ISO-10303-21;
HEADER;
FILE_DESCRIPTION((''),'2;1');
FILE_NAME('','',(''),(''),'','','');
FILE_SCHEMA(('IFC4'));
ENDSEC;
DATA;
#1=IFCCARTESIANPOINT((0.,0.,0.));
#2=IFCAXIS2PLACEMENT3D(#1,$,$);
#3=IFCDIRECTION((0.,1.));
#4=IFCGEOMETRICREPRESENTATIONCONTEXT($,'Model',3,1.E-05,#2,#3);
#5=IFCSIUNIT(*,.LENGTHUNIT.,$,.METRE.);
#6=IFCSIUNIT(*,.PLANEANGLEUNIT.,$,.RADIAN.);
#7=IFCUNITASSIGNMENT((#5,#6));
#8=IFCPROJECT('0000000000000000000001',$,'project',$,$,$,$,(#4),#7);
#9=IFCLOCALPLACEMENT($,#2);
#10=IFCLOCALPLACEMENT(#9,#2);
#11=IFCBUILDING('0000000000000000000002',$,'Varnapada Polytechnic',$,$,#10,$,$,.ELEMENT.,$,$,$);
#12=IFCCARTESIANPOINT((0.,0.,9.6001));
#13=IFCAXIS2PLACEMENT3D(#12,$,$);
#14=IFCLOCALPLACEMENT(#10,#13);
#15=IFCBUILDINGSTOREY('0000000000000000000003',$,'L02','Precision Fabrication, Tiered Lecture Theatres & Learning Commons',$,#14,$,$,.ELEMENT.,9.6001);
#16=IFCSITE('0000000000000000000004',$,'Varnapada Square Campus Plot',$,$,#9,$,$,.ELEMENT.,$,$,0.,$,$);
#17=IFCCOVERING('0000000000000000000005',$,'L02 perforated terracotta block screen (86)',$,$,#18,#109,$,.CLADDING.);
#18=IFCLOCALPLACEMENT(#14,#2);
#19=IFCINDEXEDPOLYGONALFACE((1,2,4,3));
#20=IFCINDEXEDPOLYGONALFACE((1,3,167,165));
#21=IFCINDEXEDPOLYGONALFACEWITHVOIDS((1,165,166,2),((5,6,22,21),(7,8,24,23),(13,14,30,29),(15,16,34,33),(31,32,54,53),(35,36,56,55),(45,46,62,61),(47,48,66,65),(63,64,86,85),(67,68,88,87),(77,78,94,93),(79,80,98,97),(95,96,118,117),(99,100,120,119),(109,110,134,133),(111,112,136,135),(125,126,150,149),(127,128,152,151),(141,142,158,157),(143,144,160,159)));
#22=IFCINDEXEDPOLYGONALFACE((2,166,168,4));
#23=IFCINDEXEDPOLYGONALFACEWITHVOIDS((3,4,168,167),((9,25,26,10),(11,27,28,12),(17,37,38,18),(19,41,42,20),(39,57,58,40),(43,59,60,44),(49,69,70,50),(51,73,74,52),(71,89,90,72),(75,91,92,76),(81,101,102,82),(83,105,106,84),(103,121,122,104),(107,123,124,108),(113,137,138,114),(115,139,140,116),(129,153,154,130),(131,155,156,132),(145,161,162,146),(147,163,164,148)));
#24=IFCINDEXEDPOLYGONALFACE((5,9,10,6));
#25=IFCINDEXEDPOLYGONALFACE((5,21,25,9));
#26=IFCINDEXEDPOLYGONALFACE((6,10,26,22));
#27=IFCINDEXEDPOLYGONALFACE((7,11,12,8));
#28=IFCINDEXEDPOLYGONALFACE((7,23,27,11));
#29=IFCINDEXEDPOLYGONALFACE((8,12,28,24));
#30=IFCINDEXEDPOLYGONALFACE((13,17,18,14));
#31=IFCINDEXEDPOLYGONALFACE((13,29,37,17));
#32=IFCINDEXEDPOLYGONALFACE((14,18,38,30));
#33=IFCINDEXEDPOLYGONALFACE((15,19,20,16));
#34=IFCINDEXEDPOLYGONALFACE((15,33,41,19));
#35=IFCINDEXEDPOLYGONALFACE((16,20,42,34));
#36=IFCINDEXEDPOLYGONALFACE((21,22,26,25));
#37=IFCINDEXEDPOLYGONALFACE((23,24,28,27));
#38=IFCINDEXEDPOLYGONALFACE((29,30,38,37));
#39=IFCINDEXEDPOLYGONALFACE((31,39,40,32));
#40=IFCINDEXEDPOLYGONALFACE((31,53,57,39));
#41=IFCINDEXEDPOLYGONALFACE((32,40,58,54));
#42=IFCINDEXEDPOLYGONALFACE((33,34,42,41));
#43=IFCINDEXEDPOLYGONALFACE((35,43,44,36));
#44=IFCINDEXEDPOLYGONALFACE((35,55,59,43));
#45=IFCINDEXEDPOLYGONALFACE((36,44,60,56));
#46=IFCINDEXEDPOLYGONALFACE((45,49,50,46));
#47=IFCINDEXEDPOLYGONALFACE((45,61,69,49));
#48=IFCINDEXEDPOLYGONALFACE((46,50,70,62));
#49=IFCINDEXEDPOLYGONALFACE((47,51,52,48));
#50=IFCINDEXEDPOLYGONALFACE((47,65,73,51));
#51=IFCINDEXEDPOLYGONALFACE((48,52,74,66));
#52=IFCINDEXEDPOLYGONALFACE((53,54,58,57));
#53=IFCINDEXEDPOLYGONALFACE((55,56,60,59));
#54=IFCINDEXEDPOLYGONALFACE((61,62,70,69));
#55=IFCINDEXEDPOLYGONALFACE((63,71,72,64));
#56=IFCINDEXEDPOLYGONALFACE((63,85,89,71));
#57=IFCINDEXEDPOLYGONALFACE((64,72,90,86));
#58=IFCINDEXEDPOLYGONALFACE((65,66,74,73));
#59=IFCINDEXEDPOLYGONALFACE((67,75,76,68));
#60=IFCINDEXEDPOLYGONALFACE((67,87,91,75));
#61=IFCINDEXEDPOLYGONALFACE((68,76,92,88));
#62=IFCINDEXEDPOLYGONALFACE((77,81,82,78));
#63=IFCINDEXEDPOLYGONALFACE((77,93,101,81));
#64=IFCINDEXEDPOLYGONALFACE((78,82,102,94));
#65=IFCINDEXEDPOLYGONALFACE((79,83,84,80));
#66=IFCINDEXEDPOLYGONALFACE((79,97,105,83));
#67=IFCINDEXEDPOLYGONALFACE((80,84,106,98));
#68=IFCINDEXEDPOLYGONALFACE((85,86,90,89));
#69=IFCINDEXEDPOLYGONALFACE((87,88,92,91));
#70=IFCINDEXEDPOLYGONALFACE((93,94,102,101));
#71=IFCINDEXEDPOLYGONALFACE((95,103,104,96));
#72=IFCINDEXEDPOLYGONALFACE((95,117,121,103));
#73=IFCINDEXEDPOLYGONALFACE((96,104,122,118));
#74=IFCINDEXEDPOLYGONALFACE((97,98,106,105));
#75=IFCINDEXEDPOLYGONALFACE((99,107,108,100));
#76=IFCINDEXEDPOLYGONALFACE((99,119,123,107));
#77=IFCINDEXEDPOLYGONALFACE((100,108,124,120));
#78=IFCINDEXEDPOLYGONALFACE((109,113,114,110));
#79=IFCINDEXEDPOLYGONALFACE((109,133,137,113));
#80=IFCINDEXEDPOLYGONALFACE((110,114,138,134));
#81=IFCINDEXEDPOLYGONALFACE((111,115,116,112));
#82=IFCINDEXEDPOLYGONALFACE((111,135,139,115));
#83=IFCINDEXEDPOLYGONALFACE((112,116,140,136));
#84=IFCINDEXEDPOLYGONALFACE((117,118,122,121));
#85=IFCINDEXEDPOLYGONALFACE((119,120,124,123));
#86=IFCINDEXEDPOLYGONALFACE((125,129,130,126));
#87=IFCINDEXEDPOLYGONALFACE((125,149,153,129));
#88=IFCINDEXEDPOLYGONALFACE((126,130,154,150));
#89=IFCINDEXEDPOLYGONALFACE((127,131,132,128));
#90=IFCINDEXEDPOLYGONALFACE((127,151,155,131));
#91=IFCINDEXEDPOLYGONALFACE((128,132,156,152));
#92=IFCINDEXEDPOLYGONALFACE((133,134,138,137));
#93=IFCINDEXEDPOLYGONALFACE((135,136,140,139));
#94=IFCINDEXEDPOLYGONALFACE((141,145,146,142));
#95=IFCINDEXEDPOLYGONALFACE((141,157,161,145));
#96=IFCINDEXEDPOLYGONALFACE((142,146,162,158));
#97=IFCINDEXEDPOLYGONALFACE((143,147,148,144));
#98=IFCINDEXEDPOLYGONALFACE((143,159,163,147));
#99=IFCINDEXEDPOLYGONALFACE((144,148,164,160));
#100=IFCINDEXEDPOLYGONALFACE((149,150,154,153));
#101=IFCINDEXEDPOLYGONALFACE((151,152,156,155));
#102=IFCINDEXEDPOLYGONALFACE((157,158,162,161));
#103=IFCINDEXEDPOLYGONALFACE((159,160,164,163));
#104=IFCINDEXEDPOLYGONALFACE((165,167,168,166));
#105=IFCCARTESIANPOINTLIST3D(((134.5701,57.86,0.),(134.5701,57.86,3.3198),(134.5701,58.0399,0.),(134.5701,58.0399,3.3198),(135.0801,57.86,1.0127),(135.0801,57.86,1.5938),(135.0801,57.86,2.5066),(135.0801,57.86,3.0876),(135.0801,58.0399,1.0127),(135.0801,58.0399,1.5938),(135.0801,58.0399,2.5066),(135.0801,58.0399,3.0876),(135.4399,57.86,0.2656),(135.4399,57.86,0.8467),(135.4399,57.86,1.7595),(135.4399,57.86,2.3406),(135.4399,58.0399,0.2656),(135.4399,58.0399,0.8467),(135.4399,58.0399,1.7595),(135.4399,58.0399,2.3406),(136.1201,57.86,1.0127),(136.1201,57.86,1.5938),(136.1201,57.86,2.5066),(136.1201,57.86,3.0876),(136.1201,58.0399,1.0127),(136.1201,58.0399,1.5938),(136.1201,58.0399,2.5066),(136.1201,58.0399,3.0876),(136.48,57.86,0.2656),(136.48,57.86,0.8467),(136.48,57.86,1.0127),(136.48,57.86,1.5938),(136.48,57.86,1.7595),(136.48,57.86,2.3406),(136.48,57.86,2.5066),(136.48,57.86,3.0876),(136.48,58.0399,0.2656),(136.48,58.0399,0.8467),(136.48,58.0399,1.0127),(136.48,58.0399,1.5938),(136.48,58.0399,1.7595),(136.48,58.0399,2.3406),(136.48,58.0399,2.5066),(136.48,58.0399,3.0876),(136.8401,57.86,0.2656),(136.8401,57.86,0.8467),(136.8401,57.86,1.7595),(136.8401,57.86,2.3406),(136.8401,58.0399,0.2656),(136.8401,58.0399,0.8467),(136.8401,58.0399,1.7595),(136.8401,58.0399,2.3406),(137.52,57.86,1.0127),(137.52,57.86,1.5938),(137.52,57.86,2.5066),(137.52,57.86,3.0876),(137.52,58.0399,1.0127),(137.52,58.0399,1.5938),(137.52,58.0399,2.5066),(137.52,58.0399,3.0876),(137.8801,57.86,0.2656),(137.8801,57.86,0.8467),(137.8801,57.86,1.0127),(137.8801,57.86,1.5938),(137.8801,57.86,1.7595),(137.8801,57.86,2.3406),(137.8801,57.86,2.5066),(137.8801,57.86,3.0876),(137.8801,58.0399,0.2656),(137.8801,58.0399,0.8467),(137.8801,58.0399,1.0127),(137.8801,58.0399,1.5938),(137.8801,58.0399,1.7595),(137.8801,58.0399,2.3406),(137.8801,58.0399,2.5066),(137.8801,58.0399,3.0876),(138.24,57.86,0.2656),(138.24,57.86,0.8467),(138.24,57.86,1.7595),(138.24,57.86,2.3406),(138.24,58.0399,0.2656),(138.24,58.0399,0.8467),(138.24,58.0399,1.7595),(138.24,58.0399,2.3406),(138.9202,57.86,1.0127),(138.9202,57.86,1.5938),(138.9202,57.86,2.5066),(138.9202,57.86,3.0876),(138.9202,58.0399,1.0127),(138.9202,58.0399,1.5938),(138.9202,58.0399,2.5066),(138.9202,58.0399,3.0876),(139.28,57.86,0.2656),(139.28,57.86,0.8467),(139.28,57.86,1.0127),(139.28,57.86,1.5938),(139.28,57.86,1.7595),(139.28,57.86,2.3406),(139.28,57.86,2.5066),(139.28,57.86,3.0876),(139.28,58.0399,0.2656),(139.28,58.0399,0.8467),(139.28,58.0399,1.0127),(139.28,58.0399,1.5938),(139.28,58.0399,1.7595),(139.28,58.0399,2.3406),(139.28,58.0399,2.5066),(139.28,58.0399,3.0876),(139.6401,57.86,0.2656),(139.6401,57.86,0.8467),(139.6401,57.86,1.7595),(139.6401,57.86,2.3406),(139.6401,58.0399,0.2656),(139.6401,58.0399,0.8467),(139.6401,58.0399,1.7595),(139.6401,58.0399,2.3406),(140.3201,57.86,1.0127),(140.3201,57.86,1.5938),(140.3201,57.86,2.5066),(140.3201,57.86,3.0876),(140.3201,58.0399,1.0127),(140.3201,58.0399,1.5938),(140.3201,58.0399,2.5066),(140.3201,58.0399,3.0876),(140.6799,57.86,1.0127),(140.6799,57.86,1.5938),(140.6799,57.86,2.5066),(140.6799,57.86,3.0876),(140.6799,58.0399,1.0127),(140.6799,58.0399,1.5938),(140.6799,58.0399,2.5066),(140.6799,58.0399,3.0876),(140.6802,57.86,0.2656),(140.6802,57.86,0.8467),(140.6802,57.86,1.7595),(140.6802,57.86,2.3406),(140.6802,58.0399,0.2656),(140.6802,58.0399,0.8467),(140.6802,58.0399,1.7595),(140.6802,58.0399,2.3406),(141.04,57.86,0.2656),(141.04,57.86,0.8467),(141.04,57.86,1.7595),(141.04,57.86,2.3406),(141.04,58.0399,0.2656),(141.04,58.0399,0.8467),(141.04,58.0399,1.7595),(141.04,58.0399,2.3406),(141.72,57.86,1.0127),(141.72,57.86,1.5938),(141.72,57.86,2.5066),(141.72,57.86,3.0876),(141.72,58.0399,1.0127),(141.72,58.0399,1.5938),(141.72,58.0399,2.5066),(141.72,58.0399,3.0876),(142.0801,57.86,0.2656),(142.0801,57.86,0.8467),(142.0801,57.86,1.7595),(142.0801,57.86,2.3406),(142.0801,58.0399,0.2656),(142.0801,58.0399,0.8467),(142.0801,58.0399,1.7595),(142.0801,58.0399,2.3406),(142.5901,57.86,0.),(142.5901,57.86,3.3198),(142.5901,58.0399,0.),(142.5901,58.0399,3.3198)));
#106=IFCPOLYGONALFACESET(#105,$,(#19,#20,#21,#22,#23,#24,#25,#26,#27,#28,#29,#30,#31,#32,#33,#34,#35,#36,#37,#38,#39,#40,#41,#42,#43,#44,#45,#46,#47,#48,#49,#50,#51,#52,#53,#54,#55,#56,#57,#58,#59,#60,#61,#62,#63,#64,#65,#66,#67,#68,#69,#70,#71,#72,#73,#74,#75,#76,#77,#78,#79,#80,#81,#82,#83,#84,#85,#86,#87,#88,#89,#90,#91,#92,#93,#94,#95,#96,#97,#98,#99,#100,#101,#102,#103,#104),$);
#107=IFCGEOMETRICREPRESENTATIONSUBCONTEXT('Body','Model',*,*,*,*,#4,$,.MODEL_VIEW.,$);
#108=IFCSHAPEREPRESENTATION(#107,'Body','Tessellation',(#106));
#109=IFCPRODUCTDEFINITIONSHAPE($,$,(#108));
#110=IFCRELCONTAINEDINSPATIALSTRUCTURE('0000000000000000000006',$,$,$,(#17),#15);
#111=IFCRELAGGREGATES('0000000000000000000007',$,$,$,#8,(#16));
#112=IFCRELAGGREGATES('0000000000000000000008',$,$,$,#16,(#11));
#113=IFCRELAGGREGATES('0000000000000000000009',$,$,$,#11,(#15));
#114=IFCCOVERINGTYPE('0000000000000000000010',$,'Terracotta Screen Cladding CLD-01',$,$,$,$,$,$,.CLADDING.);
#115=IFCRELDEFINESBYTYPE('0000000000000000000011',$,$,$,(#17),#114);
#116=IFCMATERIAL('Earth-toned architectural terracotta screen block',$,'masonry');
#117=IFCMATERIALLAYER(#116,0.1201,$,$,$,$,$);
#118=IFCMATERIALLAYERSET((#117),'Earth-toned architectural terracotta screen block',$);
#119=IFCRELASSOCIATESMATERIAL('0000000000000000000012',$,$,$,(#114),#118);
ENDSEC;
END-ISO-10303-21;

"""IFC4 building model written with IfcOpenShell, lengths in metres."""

from ifc_helpers import new_model, si_unit, direction, frame, frame_2d, origin, place, context, subcontext, project, spatial, rectangle, extrude, material, layer, layer_set, type_object, element, save


model = new_model("IFC4")

# Units and contexts
model_context = context("Model", 3, precision=1e-05, world=origin(), true_north=direction((0.0, 1.0)))
body_context = subcontext(model_context, "Body", "Model", "MODEL_VIEW")
ifc_project = project(units=[si_unit("LENGTHUNIT", "METRE"), si_unit("PLANEANGLEUNIT", "RADIAN")], contexts=[model_context])

# Site, building, storey
site_placement = place(None, origin())
site = spatial("IfcSite", under=ifc_project, at=site_placement, Name="Varnapada Square Campus Plot", CompositionType="ELEMENT", RefElevation=0.0)
building_placement = place(site_placement, origin())
building = spatial("IfcBuilding", under=site, at=building_placement, Name="Varnapada Polytechnic", CompositionType="ELEMENT")
storey_placement = place(building_placement, frame((0.0, 0.0, 9.6001)))
storey = spatial("IfcBuildingStorey", under=building, at=storey_placement, Name="L02", Description="Precision Fabrication, Tiered Lecture Theatres & Learning Commons", CompositionType="ELEMENT", Elevation=9.6001)

# Covering, openings
ifc_material_1 = material(Name="Earth-toned architectural terracotta screen block", Category="masonry")
ifc_layer_1 = layer(ifc_material_1, 0.1201)
ifc_layer_set_1 = layer_set([ifc_layer_1], Name="Earth-toned architectural terracotta screen block")
covering_type = type_object("IfcCoveringType", Name="Terracotta Screen Cladding CLD-01", PredefinedType="CLADDING", material=ifc_layer_set_1)
covering_placement = place(storey_placement, frame((142.5901, 57.95, 0.0), z_axis=(0.0, 0.0, 1.0), x_axis=(-1.0, 0.0, 0.0)))
covering = element("IfcCovering", 1, at=covering_placement, inside=storey, type_object=covering_type, Name="L02 perforated terracotta block screen (86)", PredefinedType="CLADDING", context=body_context, shape_type="SweptSolid", body=[
    extrude(rectangle(XDim=8.02, YDim=0.1799, at=frame_2d((4.01, 0.0))), origin(), (0.0, 0.0, 1.0), 3.3198),
])
opening_1_placement = place(covering_placement, frame((0.51, 0.0, 0.2656)))
element("IfcOpeningElement", 2, at=opening_1_placement, cuts=covering, PredefinedType="OPENING", context=body_context, shape_type="SweptSolid", body=[
    extrude(rectangle(XDim=1.04, YDim=0.5811, at=frame_2d((0.52, 0.2905))), frame((0.0, 0.0999, 0.0), z_axis=(0.0, -1.0, 0.0), x_axis=(1.0, 0.0, 0.0)), (0.0, 0.0, 1.0), 0.2),
])
opening_2_placement = place(covering_placement, frame((1.9099, 0.0, 0.2656)))
element("IfcOpeningElement", 3, at=opening_2_placement, cuts=covering, PredefinedType="OPENING", context=body_context, shape_type="SweptSolid", body=[
    extrude(rectangle(XDim=1.04, YDim=0.5811, at=frame_2d((0.52, 0.2905))), frame((0.0, 0.0999, 0.0), z_axis=(0.0, -1.0, 0.0), x_axis=(1.0, 0.0, 0.0)), (0.0, 0.0, 1.0), 0.2),
])
opening_3_placement = place(covering_placement, frame((3.3101, 0.0, 0.2656)))
element("IfcOpeningElement", 4, at=opening_3_placement, cuts=covering, PredefinedType="OPENING", context=body_context, shape_type="SweptSolid", body=[
    extrude(rectangle(XDim=1.04, YDim=0.5811, at=frame_2d((0.52, 0.2905))), frame((0.0, 0.0999, 0.0), z_axis=(0.0, -1.0, 0.0), x_axis=(1.0, 0.0, 0.0)), (0.0, 0.0, 1.0), 0.2),
])
opening_4_placement = place(covering_placement, frame((4.71, 0.0, 0.2656)))
element("IfcOpeningElement", 5, at=opening_4_placement, cuts=covering, PredefinedType="OPENING", context=body_context, shape_type="SweptSolid", body=[
    extrude(rectangle(XDim=1.04, YDim=0.5811, at=frame_2d((0.52, 0.2905))), frame((0.0, 0.0999, 0.0), z_axis=(0.0, -1.0, 0.0), x_axis=(1.0, 0.0, 0.0)), (0.0, 0.0, 1.0), 0.2),
])
opening_5_placement = place(covering_placement, frame((6.1101, 0.0, 0.2656)))
element("IfcOpeningElement", 6, at=opening_5_placement, cuts=covering, PredefinedType="OPENING", context=body_context, shape_type="SweptSolid", body=[
    extrude(rectangle(XDim=1.04, YDim=0.5811, at=frame_2d((0.52, 0.2905))), frame((0.0, 0.0999, 0.0), z_axis=(0.0, -1.0, 0.0), x_axis=(1.0, 0.0, 0.0)), (0.0, 0.0, 1.0), 0.2),
])
opening_6_placement = place(covering_placement, frame((0.8701, 0.0, 1.0127)))
element("IfcOpeningElement", 7, at=opening_6_placement, cuts=covering, PredefinedType="OPENING", context=body_context, shape_type="SweptSolid", body=[
    extrude(rectangle(XDim=1.04, YDim=0.5811, at=frame_2d((0.52, 0.2905))), frame((0.0, 0.0999, 0.0), z_axis=(0.0, -1.0, 0.0), x_axis=(1.0, 0.0, 0.0)), (0.0, 0.0, 1.0), 0.2),
])
opening_7_placement = place(covering_placement, frame((2.27, 0.0, 1.0127)))
element("IfcOpeningElement", 8, at=opening_7_placement, cuts=covering, PredefinedType="OPENING", context=body_context, shape_type="SweptSolid", body=[
    extrude(rectangle(XDim=1.04, YDim=0.5811, at=frame_2d((0.52, 0.2905))), frame((0.0, 0.0999, 0.0), z_axis=(0.0, -1.0, 0.0), x_axis=(1.0, 0.0, 0.0)), (0.0, 0.0, 1.0), 0.2),
])
opening_8_placement = place(covering_placement, frame((3.6699, 0.0, 1.0127)))
element("IfcOpeningElement", 9, at=opening_8_placement, cuts=covering, PredefinedType="OPENING", context=body_context, shape_type="SweptSolid", body=[
    extrude(rectangle(XDim=1.04, YDim=0.5811, at=frame_2d((0.52, 0.2905))), frame((0.0, 0.0999, 0.0), z_axis=(0.0, -1.0, 0.0), x_axis=(1.0, 0.0, 0.0)), (0.0, 0.0, 1.0), 0.2),
])
opening_9_placement = place(covering_placement, frame((5.0701, 0.0, 1.0127)))
element("IfcOpeningElement", 10, at=opening_9_placement, cuts=covering, PredefinedType="OPENING", context=body_context, shape_type="SweptSolid", body=[
    extrude(rectangle(XDim=1.04, YDim=0.5811, at=frame_2d((0.52, 0.2905))), frame((0.0, 0.0999, 0.0), z_axis=(0.0, -1.0, 0.0), x_axis=(1.0, 0.0, 0.0)), (0.0, 0.0, 1.0), 0.2),
])
opening_10_placement = place(covering_placement, frame((6.47, 0.0, 1.0127)))
element("IfcOpeningElement", 11, at=opening_10_placement, cuts=covering, PredefinedType="OPENING", context=body_context, shape_type="SweptSolid", body=[
    extrude(rectangle(XDim=1.04, YDim=0.5811, at=frame_2d((0.52, 0.2905))), frame((0.0, 0.0999, 0.0), z_axis=(0.0, -1.0, 0.0), x_axis=(1.0, 0.0, 0.0)), (0.0, 0.0, 1.0), 0.2),
])
opening_11_placement = place(covering_placement, frame((0.51, 0.0, 1.7595)))
element("IfcOpeningElement", 12, at=opening_11_placement, cuts=covering, PredefinedType="OPENING", context=body_context, shape_type="SweptSolid", body=[
    extrude(rectangle(XDim=1.04, YDim=0.5811, at=frame_2d((0.52, 0.2905))), frame((0.0, 0.0999, 0.0), z_axis=(0.0, -1.0, 0.0), x_axis=(1.0, 0.0, 0.0)), (0.0, 0.0, 1.0), 0.2),
])
opening_12_placement = place(covering_placement, frame((1.9099, 0.0, 1.7595)))
element("IfcOpeningElement", 13, at=opening_12_placement, cuts=covering, PredefinedType="OPENING", context=body_context, shape_type="SweptSolid", body=[
    extrude(rectangle(XDim=1.04, YDim=0.5811, at=frame_2d((0.52, 0.2905))), frame((0.0, 0.0999, 0.0), z_axis=(0.0, -1.0, 0.0), x_axis=(1.0, 0.0, 0.0)), (0.0, 0.0, 1.0), 0.2),
])
opening_13_placement = place(covering_placement, frame((3.3101, 0.0, 1.7595)))
element("IfcOpeningElement", 14, at=opening_13_placement, cuts=covering, PredefinedType="OPENING", context=body_context, shape_type="SweptSolid", body=[
    extrude(rectangle(XDim=1.04, YDim=0.5811, at=frame_2d((0.52, 0.2905))), frame((0.0, 0.0999, 0.0), z_axis=(0.0, -1.0, 0.0), x_axis=(1.0, 0.0, 0.0)), (0.0, 0.0, 1.0), 0.2),
])
opening_14_placement = place(covering_placement, frame((4.71, 0.0, 1.7595)))
element("IfcOpeningElement", 15, at=opening_14_placement, cuts=covering, PredefinedType="OPENING", context=body_context, shape_type="SweptSolid", body=[
    extrude(rectangle(XDim=1.04, YDim=0.5811, at=frame_2d((0.52, 0.2905))), frame((0.0, 0.0999, 0.0), z_axis=(0.0, -1.0, 0.0), x_axis=(1.0, 0.0, 0.0)), (0.0, 0.0, 1.0), 0.2),
])
opening_15_placement = place(covering_placement, frame((6.1101, 0.0, 1.7595)))
element("IfcOpeningElement", 16, at=opening_15_placement, cuts=covering, PredefinedType="OPENING", context=body_context, shape_type="SweptSolid", body=[
    extrude(rectangle(XDim=1.04, YDim=0.5811, at=frame_2d((0.52, 0.2905))), frame((0.0, 0.0999, 0.0), z_axis=(0.0, -1.0, 0.0), x_axis=(1.0, 0.0, 0.0)), (0.0, 0.0, 1.0), 0.2),
])
opening_16_placement = place(covering_placement, frame((0.8701, 0.0, 2.5066)))
element("IfcOpeningElement", 17, at=opening_16_placement, cuts=covering, PredefinedType="OPENING", context=body_context, shape_type="SweptSolid", body=[
    extrude(rectangle(XDim=1.04, YDim=0.5811, at=frame_2d((0.52, 0.2905))), frame((0.0, 0.0999, 0.0), z_axis=(0.0, -1.0, 0.0), x_axis=(1.0, 0.0, 0.0)), (0.0, 0.0, 1.0), 0.2),
])
opening_17_placement = place(covering_placement, frame((2.27, 0.0, 2.5066)))
element("IfcOpeningElement", 18, at=opening_17_placement, cuts=covering, PredefinedType="OPENING", context=body_context, shape_type="SweptSolid", body=[
    extrude(rectangle(XDim=1.04, YDim=0.5811, at=frame_2d((0.52, 0.2905))), frame((0.0, 0.0999, 0.0), z_axis=(0.0, -1.0, 0.0), x_axis=(1.0, 0.0, 0.0)), (0.0, 0.0, 1.0), 0.2),
])
opening_18_placement = place(covering_placement, frame((3.6699, 0.0, 2.5066)))
element("IfcOpeningElement", 19, at=opening_18_placement, cuts=covering, PredefinedType="OPENING", context=body_context, shape_type="SweptSolid", body=[
    extrude(rectangle(XDim=1.04, YDim=0.5811, at=frame_2d((0.52, 0.2905))), frame((0.0, 0.0999, 0.0), z_axis=(0.0, -1.0, 0.0), x_axis=(1.0, 0.0, 0.0)), (0.0, 0.0, 1.0), 0.2),
])
opening_19_placement = place(covering_placement, frame((5.0701, 0.0, 2.5066)))
element("IfcOpeningElement", 20, at=opening_19_placement, cuts=covering, PredefinedType="OPENING", context=body_context, shape_type="SweptSolid", body=[
    extrude(rectangle(XDim=1.04, YDim=0.5811, at=frame_2d((0.52, 0.2905))), frame((0.0, 0.0999, 0.0), z_axis=(0.0, -1.0, 0.0), x_axis=(1.0, 0.0, 0.0)), (0.0, 0.0, 1.0), 0.2),
])
opening_20_placement = place(covering_placement, frame((6.47, 0.0, 2.5066)))
element("IfcOpeningElement", 21, at=opening_20_placement, cuts=covering, PredefinedType="OPENING", context=body_context, shape_type="SweptSolid", body=[
    extrude(rectangle(XDim=1.04, YDim=0.5811, at=frame_2d((0.52, 0.2905))), frame((0.0, 0.0999, 0.0), z_axis=(0.0, -1.0, 0.0), x_axis=(1.0, 0.0, 0.0)), (0.0, 0.0, 1.0), 0.2),
])

save(model, "model.ifc")
